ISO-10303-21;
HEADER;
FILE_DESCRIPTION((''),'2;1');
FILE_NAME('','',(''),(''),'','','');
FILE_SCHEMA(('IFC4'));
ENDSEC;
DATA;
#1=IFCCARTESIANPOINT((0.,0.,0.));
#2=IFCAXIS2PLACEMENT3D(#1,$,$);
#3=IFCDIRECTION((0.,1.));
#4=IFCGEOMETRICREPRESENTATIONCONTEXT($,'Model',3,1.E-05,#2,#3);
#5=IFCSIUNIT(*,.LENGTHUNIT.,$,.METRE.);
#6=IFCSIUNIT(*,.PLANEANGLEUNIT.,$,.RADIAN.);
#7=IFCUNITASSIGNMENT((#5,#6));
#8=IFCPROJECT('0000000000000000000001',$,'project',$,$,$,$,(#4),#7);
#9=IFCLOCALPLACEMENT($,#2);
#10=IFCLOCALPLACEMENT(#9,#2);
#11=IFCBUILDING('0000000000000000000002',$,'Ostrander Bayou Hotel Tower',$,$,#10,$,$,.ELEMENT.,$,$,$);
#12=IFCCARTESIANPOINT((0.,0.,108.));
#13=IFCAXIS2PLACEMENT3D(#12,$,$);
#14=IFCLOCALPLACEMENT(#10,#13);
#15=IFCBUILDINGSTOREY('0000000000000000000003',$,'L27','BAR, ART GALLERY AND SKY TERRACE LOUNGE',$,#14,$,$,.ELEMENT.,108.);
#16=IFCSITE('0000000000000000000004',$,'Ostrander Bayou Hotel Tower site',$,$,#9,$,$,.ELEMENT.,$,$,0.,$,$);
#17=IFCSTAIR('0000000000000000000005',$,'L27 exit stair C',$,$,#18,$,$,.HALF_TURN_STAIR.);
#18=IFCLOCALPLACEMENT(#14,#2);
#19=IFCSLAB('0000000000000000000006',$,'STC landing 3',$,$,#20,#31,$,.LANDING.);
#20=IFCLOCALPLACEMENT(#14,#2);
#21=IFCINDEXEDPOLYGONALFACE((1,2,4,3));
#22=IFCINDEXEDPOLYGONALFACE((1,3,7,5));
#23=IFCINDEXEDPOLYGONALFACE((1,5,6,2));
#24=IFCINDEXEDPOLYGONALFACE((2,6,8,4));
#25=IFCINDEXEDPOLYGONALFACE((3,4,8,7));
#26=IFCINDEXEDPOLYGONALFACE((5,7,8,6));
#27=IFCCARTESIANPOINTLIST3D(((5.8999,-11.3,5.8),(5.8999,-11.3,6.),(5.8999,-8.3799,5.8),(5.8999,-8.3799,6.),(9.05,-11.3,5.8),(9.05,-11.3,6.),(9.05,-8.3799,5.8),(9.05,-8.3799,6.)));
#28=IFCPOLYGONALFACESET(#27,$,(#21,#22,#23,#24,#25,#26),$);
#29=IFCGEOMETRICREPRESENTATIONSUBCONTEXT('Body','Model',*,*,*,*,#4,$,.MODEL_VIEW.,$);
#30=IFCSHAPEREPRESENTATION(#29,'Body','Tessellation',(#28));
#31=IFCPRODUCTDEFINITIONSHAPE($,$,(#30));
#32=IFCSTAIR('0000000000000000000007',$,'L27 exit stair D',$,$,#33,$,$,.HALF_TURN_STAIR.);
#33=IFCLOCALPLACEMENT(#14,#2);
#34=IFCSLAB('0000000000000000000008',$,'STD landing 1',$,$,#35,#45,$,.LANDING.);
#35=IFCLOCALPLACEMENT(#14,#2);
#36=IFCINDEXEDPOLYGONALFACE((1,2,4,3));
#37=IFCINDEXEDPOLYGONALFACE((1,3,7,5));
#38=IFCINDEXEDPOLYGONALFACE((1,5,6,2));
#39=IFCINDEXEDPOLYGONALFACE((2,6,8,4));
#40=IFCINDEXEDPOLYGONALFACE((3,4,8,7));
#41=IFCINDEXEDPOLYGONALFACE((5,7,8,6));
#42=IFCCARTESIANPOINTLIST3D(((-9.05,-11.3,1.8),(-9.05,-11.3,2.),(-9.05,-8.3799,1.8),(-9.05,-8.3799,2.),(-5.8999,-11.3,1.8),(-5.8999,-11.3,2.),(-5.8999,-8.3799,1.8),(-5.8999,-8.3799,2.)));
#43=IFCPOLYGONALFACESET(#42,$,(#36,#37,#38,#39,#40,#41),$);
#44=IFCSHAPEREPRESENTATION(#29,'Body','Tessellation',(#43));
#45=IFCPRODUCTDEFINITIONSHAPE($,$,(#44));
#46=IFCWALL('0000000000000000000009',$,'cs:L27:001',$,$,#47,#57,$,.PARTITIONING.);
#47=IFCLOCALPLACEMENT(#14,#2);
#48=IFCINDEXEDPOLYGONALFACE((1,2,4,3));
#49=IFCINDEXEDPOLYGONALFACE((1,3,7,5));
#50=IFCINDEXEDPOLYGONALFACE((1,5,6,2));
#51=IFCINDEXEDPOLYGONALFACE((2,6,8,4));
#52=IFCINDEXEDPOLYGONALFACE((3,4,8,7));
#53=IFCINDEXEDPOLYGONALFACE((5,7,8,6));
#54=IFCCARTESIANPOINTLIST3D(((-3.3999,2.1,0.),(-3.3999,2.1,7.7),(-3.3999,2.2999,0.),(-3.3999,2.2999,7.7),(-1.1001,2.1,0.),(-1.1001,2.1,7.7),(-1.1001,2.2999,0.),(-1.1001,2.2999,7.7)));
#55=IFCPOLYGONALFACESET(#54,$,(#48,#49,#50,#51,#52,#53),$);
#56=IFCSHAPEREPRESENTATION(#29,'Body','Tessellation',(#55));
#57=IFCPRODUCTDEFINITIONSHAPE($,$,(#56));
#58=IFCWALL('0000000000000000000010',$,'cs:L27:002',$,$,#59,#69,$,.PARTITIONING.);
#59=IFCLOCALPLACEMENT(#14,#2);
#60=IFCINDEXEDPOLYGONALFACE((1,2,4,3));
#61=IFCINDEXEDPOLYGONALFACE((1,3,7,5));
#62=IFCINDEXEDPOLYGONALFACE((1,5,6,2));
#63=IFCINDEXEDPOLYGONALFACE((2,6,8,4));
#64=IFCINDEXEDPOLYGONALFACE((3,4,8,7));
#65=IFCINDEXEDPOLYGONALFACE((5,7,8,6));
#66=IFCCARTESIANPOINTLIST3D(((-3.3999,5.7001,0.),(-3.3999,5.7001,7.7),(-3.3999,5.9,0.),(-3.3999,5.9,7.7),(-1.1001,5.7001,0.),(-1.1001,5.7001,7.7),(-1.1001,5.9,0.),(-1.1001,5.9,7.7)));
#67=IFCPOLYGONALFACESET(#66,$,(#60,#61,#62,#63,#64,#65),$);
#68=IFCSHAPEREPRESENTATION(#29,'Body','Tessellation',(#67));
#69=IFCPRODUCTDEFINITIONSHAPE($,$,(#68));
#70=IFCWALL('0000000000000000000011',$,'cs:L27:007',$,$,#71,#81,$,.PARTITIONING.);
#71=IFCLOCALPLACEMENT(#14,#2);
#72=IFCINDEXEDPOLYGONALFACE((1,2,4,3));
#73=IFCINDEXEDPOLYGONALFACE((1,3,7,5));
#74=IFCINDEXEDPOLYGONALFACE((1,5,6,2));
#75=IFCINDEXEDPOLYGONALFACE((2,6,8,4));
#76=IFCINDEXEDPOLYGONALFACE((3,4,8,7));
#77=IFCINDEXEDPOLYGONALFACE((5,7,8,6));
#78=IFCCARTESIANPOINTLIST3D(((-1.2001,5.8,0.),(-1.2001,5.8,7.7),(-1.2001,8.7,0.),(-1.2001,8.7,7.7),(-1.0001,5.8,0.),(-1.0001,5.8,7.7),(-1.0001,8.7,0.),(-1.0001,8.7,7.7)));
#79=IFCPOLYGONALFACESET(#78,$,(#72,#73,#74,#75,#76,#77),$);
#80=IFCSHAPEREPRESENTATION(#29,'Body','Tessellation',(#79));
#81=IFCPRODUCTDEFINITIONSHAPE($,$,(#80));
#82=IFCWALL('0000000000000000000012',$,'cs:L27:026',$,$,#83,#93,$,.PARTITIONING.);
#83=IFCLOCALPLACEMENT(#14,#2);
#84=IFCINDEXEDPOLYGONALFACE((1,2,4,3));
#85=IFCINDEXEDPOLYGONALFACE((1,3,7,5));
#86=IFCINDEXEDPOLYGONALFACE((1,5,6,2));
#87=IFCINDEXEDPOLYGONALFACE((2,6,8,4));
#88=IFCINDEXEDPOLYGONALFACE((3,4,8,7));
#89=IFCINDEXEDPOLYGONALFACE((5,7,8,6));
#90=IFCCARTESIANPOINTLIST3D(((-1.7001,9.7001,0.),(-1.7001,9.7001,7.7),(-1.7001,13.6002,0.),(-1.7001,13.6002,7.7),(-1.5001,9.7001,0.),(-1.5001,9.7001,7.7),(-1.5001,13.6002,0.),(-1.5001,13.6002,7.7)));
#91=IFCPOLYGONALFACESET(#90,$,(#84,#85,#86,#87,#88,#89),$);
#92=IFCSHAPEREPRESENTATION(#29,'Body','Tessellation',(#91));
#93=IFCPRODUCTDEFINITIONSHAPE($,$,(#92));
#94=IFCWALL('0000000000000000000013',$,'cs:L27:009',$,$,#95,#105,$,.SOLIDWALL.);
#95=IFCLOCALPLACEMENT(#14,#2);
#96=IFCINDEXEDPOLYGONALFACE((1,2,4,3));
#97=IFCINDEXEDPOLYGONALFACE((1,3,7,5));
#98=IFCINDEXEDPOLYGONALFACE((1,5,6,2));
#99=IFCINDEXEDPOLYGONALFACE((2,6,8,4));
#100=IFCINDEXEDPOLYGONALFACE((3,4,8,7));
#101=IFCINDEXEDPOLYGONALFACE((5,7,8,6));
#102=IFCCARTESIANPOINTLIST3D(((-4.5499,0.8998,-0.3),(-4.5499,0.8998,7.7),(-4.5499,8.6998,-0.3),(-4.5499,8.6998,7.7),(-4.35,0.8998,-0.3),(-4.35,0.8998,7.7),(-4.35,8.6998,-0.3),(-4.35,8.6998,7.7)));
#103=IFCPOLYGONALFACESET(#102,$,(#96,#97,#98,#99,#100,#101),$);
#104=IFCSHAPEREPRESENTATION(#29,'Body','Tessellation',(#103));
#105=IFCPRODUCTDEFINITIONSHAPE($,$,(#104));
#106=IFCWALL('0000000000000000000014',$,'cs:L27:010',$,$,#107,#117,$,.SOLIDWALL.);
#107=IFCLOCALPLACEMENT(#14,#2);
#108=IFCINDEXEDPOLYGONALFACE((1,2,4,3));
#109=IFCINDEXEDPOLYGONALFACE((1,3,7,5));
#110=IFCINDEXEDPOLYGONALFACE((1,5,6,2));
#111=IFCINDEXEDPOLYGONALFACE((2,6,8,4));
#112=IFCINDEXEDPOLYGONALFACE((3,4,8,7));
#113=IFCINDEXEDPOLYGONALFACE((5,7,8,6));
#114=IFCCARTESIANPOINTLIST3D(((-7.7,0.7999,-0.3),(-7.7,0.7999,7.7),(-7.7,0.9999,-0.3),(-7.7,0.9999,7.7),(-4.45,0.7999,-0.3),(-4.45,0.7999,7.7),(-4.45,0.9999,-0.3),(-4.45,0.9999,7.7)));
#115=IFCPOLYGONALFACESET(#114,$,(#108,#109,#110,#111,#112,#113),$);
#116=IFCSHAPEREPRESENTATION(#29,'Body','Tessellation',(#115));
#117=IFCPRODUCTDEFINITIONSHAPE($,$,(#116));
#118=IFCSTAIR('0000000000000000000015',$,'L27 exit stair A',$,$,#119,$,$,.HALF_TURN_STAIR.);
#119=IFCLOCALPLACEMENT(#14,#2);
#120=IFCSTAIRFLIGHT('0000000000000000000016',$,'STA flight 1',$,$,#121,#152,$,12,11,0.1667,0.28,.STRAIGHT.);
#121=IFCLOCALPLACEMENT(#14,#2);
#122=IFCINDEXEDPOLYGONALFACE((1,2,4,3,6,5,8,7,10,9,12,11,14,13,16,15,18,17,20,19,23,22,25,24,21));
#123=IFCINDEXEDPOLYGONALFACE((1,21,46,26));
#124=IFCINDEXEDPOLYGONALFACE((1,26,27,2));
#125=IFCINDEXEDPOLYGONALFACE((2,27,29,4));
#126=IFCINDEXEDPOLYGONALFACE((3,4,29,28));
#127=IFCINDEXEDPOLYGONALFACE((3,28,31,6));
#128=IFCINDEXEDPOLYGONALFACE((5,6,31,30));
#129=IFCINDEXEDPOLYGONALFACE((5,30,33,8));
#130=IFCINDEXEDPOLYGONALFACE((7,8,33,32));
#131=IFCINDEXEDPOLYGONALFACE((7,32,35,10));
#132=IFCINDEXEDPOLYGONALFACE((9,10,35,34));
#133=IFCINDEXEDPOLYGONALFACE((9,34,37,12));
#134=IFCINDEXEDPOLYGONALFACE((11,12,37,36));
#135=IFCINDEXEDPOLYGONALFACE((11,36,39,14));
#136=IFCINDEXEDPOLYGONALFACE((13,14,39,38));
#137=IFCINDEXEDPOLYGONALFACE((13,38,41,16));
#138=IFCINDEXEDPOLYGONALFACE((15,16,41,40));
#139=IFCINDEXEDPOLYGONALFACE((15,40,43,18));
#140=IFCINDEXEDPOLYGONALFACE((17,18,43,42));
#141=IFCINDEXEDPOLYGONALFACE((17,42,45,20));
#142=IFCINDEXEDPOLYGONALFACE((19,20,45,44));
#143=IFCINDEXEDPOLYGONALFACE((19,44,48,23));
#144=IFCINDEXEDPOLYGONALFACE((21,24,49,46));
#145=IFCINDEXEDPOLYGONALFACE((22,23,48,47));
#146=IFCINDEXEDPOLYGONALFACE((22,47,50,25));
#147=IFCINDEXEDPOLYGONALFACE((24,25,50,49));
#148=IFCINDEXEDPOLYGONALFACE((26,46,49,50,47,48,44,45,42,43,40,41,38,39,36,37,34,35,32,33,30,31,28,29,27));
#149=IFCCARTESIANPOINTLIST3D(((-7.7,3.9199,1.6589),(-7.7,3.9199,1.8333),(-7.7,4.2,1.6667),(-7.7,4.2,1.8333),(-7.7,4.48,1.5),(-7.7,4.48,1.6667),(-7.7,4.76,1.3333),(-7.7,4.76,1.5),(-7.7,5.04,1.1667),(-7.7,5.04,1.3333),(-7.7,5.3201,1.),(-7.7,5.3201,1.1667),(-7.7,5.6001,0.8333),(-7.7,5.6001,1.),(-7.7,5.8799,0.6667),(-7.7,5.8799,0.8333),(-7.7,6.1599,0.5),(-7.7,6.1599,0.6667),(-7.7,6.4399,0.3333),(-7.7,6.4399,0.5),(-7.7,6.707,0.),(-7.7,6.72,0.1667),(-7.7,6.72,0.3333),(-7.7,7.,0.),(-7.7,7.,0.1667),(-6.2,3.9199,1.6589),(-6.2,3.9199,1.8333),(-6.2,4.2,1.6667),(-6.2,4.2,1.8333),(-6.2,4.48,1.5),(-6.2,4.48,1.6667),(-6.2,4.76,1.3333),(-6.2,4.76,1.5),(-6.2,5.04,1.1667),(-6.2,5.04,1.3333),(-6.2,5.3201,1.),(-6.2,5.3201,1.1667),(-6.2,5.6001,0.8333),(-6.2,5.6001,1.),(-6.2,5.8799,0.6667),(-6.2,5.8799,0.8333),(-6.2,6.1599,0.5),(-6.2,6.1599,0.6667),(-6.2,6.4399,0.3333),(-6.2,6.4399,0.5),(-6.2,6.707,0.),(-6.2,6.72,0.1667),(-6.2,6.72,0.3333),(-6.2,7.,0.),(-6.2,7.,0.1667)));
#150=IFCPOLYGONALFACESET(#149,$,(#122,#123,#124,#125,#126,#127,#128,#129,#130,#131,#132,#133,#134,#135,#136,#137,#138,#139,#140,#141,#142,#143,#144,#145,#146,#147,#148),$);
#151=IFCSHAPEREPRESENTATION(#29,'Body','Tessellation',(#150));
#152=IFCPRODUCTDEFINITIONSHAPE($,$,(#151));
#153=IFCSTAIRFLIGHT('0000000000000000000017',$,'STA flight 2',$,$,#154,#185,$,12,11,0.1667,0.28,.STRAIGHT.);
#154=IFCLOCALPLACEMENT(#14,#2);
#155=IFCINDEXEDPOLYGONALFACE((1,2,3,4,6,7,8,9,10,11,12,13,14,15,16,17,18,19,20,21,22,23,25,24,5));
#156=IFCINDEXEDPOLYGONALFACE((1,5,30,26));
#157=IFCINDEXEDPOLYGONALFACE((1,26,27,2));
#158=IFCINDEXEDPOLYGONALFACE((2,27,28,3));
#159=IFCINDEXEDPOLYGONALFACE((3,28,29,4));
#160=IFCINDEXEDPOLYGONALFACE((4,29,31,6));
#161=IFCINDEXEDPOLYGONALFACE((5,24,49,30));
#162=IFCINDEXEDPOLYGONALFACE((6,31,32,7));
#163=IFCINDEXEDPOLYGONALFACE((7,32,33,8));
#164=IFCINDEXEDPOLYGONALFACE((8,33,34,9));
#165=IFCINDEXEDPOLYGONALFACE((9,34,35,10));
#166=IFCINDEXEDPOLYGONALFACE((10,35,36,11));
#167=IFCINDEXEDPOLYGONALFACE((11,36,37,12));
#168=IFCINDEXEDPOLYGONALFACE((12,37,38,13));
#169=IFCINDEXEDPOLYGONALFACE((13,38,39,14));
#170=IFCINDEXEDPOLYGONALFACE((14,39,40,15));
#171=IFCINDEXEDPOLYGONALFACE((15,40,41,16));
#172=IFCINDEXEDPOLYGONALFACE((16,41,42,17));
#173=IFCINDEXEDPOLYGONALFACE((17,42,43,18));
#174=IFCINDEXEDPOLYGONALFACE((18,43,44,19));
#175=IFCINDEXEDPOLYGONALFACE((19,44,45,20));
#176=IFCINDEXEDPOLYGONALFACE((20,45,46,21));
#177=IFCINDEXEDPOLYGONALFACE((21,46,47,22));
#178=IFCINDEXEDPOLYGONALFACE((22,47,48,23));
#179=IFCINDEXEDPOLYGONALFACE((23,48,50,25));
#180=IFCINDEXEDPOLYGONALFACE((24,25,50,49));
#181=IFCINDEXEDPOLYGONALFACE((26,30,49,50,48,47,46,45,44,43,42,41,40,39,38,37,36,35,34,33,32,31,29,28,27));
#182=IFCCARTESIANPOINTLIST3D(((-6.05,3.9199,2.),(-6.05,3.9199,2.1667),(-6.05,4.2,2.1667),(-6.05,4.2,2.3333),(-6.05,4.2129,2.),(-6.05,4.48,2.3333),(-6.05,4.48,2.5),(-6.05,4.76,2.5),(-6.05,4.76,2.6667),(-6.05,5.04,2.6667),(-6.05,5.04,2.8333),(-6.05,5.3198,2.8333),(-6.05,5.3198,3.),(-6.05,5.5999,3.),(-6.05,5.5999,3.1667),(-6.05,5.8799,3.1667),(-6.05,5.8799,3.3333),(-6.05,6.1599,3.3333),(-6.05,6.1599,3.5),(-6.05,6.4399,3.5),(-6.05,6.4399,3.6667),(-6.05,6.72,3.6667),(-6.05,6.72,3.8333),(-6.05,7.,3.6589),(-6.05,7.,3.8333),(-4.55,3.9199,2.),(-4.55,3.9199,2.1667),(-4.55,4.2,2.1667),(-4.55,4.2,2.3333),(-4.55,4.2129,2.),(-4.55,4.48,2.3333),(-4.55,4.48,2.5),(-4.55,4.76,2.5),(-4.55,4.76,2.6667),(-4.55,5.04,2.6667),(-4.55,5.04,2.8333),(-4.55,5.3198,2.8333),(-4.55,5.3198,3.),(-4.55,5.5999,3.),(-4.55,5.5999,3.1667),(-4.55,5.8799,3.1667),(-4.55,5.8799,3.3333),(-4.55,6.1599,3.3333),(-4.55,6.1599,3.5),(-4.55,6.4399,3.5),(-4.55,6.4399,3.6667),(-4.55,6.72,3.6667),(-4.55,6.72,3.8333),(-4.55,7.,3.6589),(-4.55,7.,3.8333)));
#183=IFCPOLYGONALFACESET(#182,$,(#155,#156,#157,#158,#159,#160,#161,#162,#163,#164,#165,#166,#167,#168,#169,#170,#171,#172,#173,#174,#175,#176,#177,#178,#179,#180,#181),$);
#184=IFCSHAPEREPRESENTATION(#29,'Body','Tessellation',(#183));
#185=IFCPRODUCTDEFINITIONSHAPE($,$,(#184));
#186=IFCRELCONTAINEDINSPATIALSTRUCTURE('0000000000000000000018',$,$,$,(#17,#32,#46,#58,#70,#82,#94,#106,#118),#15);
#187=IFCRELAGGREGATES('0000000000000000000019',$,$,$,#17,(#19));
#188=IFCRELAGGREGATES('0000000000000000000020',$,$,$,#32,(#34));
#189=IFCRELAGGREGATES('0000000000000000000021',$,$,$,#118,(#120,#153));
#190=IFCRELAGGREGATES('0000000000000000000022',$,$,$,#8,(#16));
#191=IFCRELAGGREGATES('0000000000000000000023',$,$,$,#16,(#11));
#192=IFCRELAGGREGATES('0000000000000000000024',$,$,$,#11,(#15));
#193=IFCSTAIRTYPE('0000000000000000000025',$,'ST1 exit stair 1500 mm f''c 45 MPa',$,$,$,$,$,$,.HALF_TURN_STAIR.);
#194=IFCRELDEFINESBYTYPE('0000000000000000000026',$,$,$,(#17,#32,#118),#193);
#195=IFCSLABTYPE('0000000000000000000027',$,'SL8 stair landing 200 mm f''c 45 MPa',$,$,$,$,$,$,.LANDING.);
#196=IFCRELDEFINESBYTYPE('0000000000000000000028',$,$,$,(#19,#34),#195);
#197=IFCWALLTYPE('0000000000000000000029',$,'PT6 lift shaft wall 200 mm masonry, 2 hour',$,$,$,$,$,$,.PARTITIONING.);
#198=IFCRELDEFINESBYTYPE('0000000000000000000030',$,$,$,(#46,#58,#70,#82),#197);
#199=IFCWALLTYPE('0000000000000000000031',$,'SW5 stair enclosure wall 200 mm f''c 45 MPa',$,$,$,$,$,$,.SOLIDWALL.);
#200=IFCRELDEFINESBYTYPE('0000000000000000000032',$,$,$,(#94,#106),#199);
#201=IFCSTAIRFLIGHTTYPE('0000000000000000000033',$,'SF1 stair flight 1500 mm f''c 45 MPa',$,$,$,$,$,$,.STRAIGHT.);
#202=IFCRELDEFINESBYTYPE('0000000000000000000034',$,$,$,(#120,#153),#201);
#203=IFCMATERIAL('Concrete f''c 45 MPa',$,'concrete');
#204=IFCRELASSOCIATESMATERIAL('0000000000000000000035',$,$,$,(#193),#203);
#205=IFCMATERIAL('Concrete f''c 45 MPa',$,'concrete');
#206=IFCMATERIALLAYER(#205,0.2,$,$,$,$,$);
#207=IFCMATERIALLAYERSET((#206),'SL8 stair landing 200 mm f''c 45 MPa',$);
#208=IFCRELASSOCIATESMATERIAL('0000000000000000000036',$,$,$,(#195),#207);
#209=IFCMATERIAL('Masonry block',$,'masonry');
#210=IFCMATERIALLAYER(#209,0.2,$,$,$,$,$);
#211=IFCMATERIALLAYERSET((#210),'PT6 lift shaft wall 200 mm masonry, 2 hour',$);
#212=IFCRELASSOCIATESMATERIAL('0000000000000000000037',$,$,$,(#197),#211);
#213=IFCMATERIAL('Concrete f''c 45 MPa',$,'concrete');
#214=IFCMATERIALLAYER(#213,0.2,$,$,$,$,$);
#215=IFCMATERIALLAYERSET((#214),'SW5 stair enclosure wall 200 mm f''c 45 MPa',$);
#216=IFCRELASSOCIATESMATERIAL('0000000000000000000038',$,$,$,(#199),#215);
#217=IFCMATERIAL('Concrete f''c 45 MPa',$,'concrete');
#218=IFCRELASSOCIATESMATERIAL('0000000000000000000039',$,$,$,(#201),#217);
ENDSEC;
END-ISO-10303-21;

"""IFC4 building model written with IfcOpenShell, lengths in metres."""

from ifc_helpers import new_model, si_unit, direction, frame, frame_2d, origin, place, context, subcontext, project, spatial, polyline, rectangle, outline, extrude, material, layer, layer_set, type_object, element, aggregate, save


model = new_model("IFC4")

# Units and contexts
model_context = context("Model", 3, precision=1e-05, world=origin(), true_north=direction((0.0, 1.0)))
body_context = subcontext(model_context, "Body", "Model", "MODEL_VIEW")
ifc_project = project(units=[si_unit("LENGTHUNIT", "METRE"), si_unit("PLANEANGLEUNIT", "RADIAN")], contexts=[model_context])

# Site, building, storey
site_placement = place(None, origin())
site = spatial("IfcSite", under=ifc_project, at=site_placement, Name="Ostrander Bayou Hotel Tower site", CompositionType="ELEMENT", RefElevation=0.0)
building_placement = place(site_placement, origin())
building = spatial("IfcBuilding", under=site, at=building_placement, Name="Ostrander Bayou Hotel Tower", CompositionType="ELEMENT")
storey_placement = place(building_placement, frame((0.0, 0.0, 108.0)))
storey = spatial("IfcBuildingStorey", under=building, at=storey_placement, Name="L27", Description="BAR, ART GALLERY AND SKY TERRACE LOUNGE", CompositionType="ELEMENT", Elevation=108.0)

# Stairs, slabs
ifc_material_1 = material(Name="Concrete f'c 45 MPa", Category="concrete")
stair_type = type_object("IfcStairType", Name="ST1 exit stair 1500 mm f'c 45 MPa", PredefinedType="HALF_TURN_STAIR", material=ifc_material_1)
stair_1_placement = place(storey_placement, origin())
stair_1 = element("IfcStair", 1, at=stair_1_placement, inside=storey, type_object=stair_type, Name="L27 exit stair C", PredefinedType="HALF_TURN_STAIR")
ifc_material_2 = material(Name="Concrete f'c 45 MPa", Category="concrete")
ifc_layer_1 = layer(ifc_material_2, 0.2)
ifc_layer_set_1 = layer_set([ifc_layer_1], Name="SL8 stair landing 200 mm f'c 45 MPa")
slab_type = type_object("IfcSlabType", Name="SL8 stair landing 200 mm f'c 45 MPa", PredefinedType="LANDING", material=ifc_layer_set_1)
slab_1_placement = place(storey_placement, frame((0.0, 0.0, 5.8)))
slab_1 = element("IfcSlab", 2, at=slab_1_placement, type_object=slab_type, Name="STC landing 3", PredefinedType="LANDING", context=body_context, shape_type="SweptSolid", body=[
    extrude(outline(polyline([(5.8999, -8.3799), (5.8999, -11.3), (9.05, -11.3), (9.05, -8.3799), (5.8999, -8.3799)])), origin(), (0.0, 0.0, 1.0), 0.2),
])
aggregate(stair_1, [slab_1])
stair_2_placement = place(storey_placement, origin())
stair_2 = element("IfcStair", 3, at=stair_2_placement, inside=storey, type_object=stair_type, Name="L27 exit stair D", PredefinedType="HALF_TURN_STAIR")
slab_2_placement = place(storey_placement, frame((0.0, 0.0, 1.8)))
slab_2 = element("IfcSlab", 4, at=slab_2_placement, type_object=slab_type, Name="STD landing 1", PredefinedType="LANDING", context=body_context, shape_type="SweptSolid", body=[
    extrude(outline(polyline([(-9.05, -8.3799), (-9.05, -11.3), (-5.8999, -11.3), (-5.8999, -8.3799), (-9.05, -8.3799)])), origin(), (0.0, 0.0, 1.0), 0.2),
])
aggregate(stair_2, [slab_2])

# Walls
ifc_material_3 = material(Name="Masonry block", Category="masonry")
ifc_layer_2 = layer(ifc_material_3, 0.2)
ifc_layer_set_2 = layer_set([ifc_layer_2], Name="PT6 lift shaft wall 200 mm masonry, 2 hour")
wall_type_1 = type_object("IfcWallType", Name="PT6 lift shaft wall 200 mm masonry, 2 hour", PredefinedType="PARTITIONING", material=ifc_layer_set_2)
for number, where, z_axis, x_axis, name in (
    (5, (-3.3999, 2.2, 0.0), (0.0, 0.0, 1.0), (1.0, 0.0, 0.0), "cs:L27:001"),
    (6, (-3.3999, 5.8, 0.0), (0.0, 0.0, 1.0), (1.0, 0.0, 0.0), "cs:L27:002"),
):
    element("IfcWall", number, at=place(storey_placement, frame(where, z_axis=z_axis, x_axis=x_axis)), inside=storey, type_object=wall_type_1, Name=name, PredefinedType="PARTITIONING", context=body_context, shape_type="SweptSolid", body=[
        extrude(rectangle(XDim=2.2998, YDim=0.2, at=frame_2d((1.1499, 0.0))), origin(), (0.0, 0.0, 1.0), 7.7),
    ])
wall_1_placement = place(storey_placement, frame((-1.1001, 5.8, 0.0), z_axis=(0.0, 0.0, 1.0), x_axis=(0.0, 1.0, 0.0)))
element("IfcWall", 7, at=wall_1_placement, inside=storey, type_object=wall_type_1, Name="cs:L27:007", PredefinedType="PARTITIONING", context=body_context, shape_type="SweptSolid", body=[
    extrude(rectangle(XDim=2.8999, YDim=0.2, at=frame_2d((1.45, 0.0))), origin(), (0.0, 0.0, 1.0), 7.7),
])
wall_2_placement = place(storey_placement, frame((-1.6001, 9.7, 0.0), z_axis=(0.0, 0.0, 1.0), x_axis=(0.0, 1.0, 0.0)))
element("IfcWall", 8, at=wall_2_placement, inside=storey, type_object=wall_type_1, Name="cs:L27:026", PredefinedType="PARTITIONING", context=body_context, shape_type="SweptSolid", body=[
    extrude(rectangle(XDim=3.9001, YDim=0.2, at=frame_2d((1.9502, 0.0))), origin(), (0.0, 0.0, 1.0), 7.7),
])
ifc_material_4 = material(Name="Concrete f'c 45 MPa", Category="concrete")
ifc_layer_3 = layer(ifc_material_4, 0.2)
ifc_layer_set_3 = layer_set([ifc_layer_3], Name="SW5 stair enclosure wall 200 mm f'c 45 MPa")
wall_type_2 = type_object("IfcWallType", Name="SW5 stair enclosure wall 200 mm f'c 45 MPa", PredefinedType="SOLIDWALL", material=ifc_layer_set_3)
wall_3_placement = place(storey_placement, frame((-4.45, 0.8999, -0.3), z_axis=(0.0, 0.0, 1.0), x_axis=(0.0, 1.0, 0.0)))
element("IfcWall", 9, at=wall_3_placement, inside=storey, type_object=wall_type_2, Name="cs:L27:009", PredefinedType="SOLIDWALL", context=body_context, shape_type="SweptSolid", body=[
    extrude(rectangle(XDim=7.8, YDim=0.2, at=frame_2d((3.8999, 0.0))), origin(), (0.0, 0.0, 1.0), 8.0),
])
wall_4_placement = place(storey_placement, frame((-7.7, 0.8999, -0.3), z_axis=(0.0, 0.0, 1.0), x_axis=(1.0, 0.0, 0.0)))
element("IfcWall", 10, at=wall_4_placement, inside=storey, type_object=wall_type_2, Name="cs:L27:010", PredefinedType="SOLIDWALL", context=body_context, shape_type="SweptSolid", body=[
    extrude(rectangle(XDim=3.25, YDim=0.2, at=frame_2d((1.625, 0.0))), origin(), (0.0, 0.0, 1.0), 8.0),
])

# Stair, stair flights
stair_3_placement = place(storey_placement, origin())
stair_3 = element("IfcStair", 11, at=stair_3_placement, inside=storey, type_object=stair_type, Name="L27 exit stair A", PredefinedType="HALF_TURN_STAIR")
ifc_material_5 = material(Name="Concrete f'c 45 MPa", Category="concrete")
stair_flight_type = type_object("IfcStairFlightType", Name="SF1 stair flight 1500 mm f'c 45 MPa", PredefinedType="STRAIGHT", material=ifc_material_5)
stair_flight_1_placement = place(storey_placement, frame((-6.95, 7.0, 0.0), z_axis=(0.0, 0.0, 1.0), x_axis=(0.0, -1.0, 0.0)))
stair_flight_1 = element("IfcStairFlight", 12, at=stair_flight_1_placement, type_object=stair_flight_type, Name="STA flight 1", NumberOfRisers=12, NumberOfTreads=11, PredefinedType="STRAIGHT", RiserHeight=0.1667, TreadLength=0.28, context=body_context, shape_type="SweptSolid", body=[
    extrude(outline(polyline([(0.0, 0.0), (0.0, 0.1667), (0.28, 0.1667), (0.28, 0.3333), (0.5601, 0.3333), (0.5601, 0.5), (0.8401, 0.5), (0.8401, 0.6667), (1.1201, 0.6667), (1.1201, 0.8333), (1.3999, 0.8333), (1.3999, 1.0), (1.6799, 1.0), (1.6799, 1.1667), (1.96, 1.1667), (1.96, 1.3333), (2.24, 1.3333), (2.24, 1.5), (2.52, 1.5), (2.52, 1.6667), (2.8, 1.6667), (2.8, 1.8333), (3.0801, 1.8333), (3.0801, 2.0), (3.0801, 1.6589), (0.293, 0.0), (0.0, 0.0)])), frame((0.0, 0.75, 0.0), z_axis=(0.0, -1.0, 0.0), x_axis=(1.0, 0.0, 0.0)), (0.0, 0.0, 1.0), 1.5),
])
stair_flight_2_placement = place(storey_placement, frame((-5.3, 3.9199, 2.0), z_axis=(0.0, 0.0, 1.0), x_axis=(0.0, 1.0, 0.0)))
stair_flight_2 = element("IfcStairFlight", 13, at=stair_flight_2_placement, type_object=stair_flight_type, Name="STA flight 2", NumberOfRisers=12, NumberOfTreads=11, PredefinedType="STRAIGHT", RiserHeight=0.1667, TreadLength=0.28, context=body_context, shape_type="SweptSolid", body=[
    extrude(outline(polyline([(0.0, 0.0), (0.0, 0.1667), (0.28, 0.1667), (0.28, 0.3333), (0.5601, 0.3333), (0.5601, 0.5), (0.8401, 0.5), (0.8401, 0.6667), (1.1201, 0.6667), (1.1201, 0.8333), (1.3999, 0.8333), (1.3999, 1.0), (1.6799, 1.0), (1.6799, 1.1667), (1.96, 1.1667), (1.96, 1.3333), (2.24, 1.3333), (2.24, 1.5), (2.52, 1.5), (2.52, 1.6667), (2.8, 1.6667), (2.8, 1.8333), (3.0801, 1.8333), (3.0801, 2.0), (3.0801, 1.6589), (0.293, 0.0), (0.0, 0.0)])), frame((0.0, 0.75, 0.0), z_axis=(0.0, -1.0, 0.0), x_axis=(1.0, 0.0, 0.0)), (0.0, 0.0, 1.0), 1.5),
])
aggregate(stair_3, [stair_flight_1, stair_flight_2])

save(model, "model.ifc")
